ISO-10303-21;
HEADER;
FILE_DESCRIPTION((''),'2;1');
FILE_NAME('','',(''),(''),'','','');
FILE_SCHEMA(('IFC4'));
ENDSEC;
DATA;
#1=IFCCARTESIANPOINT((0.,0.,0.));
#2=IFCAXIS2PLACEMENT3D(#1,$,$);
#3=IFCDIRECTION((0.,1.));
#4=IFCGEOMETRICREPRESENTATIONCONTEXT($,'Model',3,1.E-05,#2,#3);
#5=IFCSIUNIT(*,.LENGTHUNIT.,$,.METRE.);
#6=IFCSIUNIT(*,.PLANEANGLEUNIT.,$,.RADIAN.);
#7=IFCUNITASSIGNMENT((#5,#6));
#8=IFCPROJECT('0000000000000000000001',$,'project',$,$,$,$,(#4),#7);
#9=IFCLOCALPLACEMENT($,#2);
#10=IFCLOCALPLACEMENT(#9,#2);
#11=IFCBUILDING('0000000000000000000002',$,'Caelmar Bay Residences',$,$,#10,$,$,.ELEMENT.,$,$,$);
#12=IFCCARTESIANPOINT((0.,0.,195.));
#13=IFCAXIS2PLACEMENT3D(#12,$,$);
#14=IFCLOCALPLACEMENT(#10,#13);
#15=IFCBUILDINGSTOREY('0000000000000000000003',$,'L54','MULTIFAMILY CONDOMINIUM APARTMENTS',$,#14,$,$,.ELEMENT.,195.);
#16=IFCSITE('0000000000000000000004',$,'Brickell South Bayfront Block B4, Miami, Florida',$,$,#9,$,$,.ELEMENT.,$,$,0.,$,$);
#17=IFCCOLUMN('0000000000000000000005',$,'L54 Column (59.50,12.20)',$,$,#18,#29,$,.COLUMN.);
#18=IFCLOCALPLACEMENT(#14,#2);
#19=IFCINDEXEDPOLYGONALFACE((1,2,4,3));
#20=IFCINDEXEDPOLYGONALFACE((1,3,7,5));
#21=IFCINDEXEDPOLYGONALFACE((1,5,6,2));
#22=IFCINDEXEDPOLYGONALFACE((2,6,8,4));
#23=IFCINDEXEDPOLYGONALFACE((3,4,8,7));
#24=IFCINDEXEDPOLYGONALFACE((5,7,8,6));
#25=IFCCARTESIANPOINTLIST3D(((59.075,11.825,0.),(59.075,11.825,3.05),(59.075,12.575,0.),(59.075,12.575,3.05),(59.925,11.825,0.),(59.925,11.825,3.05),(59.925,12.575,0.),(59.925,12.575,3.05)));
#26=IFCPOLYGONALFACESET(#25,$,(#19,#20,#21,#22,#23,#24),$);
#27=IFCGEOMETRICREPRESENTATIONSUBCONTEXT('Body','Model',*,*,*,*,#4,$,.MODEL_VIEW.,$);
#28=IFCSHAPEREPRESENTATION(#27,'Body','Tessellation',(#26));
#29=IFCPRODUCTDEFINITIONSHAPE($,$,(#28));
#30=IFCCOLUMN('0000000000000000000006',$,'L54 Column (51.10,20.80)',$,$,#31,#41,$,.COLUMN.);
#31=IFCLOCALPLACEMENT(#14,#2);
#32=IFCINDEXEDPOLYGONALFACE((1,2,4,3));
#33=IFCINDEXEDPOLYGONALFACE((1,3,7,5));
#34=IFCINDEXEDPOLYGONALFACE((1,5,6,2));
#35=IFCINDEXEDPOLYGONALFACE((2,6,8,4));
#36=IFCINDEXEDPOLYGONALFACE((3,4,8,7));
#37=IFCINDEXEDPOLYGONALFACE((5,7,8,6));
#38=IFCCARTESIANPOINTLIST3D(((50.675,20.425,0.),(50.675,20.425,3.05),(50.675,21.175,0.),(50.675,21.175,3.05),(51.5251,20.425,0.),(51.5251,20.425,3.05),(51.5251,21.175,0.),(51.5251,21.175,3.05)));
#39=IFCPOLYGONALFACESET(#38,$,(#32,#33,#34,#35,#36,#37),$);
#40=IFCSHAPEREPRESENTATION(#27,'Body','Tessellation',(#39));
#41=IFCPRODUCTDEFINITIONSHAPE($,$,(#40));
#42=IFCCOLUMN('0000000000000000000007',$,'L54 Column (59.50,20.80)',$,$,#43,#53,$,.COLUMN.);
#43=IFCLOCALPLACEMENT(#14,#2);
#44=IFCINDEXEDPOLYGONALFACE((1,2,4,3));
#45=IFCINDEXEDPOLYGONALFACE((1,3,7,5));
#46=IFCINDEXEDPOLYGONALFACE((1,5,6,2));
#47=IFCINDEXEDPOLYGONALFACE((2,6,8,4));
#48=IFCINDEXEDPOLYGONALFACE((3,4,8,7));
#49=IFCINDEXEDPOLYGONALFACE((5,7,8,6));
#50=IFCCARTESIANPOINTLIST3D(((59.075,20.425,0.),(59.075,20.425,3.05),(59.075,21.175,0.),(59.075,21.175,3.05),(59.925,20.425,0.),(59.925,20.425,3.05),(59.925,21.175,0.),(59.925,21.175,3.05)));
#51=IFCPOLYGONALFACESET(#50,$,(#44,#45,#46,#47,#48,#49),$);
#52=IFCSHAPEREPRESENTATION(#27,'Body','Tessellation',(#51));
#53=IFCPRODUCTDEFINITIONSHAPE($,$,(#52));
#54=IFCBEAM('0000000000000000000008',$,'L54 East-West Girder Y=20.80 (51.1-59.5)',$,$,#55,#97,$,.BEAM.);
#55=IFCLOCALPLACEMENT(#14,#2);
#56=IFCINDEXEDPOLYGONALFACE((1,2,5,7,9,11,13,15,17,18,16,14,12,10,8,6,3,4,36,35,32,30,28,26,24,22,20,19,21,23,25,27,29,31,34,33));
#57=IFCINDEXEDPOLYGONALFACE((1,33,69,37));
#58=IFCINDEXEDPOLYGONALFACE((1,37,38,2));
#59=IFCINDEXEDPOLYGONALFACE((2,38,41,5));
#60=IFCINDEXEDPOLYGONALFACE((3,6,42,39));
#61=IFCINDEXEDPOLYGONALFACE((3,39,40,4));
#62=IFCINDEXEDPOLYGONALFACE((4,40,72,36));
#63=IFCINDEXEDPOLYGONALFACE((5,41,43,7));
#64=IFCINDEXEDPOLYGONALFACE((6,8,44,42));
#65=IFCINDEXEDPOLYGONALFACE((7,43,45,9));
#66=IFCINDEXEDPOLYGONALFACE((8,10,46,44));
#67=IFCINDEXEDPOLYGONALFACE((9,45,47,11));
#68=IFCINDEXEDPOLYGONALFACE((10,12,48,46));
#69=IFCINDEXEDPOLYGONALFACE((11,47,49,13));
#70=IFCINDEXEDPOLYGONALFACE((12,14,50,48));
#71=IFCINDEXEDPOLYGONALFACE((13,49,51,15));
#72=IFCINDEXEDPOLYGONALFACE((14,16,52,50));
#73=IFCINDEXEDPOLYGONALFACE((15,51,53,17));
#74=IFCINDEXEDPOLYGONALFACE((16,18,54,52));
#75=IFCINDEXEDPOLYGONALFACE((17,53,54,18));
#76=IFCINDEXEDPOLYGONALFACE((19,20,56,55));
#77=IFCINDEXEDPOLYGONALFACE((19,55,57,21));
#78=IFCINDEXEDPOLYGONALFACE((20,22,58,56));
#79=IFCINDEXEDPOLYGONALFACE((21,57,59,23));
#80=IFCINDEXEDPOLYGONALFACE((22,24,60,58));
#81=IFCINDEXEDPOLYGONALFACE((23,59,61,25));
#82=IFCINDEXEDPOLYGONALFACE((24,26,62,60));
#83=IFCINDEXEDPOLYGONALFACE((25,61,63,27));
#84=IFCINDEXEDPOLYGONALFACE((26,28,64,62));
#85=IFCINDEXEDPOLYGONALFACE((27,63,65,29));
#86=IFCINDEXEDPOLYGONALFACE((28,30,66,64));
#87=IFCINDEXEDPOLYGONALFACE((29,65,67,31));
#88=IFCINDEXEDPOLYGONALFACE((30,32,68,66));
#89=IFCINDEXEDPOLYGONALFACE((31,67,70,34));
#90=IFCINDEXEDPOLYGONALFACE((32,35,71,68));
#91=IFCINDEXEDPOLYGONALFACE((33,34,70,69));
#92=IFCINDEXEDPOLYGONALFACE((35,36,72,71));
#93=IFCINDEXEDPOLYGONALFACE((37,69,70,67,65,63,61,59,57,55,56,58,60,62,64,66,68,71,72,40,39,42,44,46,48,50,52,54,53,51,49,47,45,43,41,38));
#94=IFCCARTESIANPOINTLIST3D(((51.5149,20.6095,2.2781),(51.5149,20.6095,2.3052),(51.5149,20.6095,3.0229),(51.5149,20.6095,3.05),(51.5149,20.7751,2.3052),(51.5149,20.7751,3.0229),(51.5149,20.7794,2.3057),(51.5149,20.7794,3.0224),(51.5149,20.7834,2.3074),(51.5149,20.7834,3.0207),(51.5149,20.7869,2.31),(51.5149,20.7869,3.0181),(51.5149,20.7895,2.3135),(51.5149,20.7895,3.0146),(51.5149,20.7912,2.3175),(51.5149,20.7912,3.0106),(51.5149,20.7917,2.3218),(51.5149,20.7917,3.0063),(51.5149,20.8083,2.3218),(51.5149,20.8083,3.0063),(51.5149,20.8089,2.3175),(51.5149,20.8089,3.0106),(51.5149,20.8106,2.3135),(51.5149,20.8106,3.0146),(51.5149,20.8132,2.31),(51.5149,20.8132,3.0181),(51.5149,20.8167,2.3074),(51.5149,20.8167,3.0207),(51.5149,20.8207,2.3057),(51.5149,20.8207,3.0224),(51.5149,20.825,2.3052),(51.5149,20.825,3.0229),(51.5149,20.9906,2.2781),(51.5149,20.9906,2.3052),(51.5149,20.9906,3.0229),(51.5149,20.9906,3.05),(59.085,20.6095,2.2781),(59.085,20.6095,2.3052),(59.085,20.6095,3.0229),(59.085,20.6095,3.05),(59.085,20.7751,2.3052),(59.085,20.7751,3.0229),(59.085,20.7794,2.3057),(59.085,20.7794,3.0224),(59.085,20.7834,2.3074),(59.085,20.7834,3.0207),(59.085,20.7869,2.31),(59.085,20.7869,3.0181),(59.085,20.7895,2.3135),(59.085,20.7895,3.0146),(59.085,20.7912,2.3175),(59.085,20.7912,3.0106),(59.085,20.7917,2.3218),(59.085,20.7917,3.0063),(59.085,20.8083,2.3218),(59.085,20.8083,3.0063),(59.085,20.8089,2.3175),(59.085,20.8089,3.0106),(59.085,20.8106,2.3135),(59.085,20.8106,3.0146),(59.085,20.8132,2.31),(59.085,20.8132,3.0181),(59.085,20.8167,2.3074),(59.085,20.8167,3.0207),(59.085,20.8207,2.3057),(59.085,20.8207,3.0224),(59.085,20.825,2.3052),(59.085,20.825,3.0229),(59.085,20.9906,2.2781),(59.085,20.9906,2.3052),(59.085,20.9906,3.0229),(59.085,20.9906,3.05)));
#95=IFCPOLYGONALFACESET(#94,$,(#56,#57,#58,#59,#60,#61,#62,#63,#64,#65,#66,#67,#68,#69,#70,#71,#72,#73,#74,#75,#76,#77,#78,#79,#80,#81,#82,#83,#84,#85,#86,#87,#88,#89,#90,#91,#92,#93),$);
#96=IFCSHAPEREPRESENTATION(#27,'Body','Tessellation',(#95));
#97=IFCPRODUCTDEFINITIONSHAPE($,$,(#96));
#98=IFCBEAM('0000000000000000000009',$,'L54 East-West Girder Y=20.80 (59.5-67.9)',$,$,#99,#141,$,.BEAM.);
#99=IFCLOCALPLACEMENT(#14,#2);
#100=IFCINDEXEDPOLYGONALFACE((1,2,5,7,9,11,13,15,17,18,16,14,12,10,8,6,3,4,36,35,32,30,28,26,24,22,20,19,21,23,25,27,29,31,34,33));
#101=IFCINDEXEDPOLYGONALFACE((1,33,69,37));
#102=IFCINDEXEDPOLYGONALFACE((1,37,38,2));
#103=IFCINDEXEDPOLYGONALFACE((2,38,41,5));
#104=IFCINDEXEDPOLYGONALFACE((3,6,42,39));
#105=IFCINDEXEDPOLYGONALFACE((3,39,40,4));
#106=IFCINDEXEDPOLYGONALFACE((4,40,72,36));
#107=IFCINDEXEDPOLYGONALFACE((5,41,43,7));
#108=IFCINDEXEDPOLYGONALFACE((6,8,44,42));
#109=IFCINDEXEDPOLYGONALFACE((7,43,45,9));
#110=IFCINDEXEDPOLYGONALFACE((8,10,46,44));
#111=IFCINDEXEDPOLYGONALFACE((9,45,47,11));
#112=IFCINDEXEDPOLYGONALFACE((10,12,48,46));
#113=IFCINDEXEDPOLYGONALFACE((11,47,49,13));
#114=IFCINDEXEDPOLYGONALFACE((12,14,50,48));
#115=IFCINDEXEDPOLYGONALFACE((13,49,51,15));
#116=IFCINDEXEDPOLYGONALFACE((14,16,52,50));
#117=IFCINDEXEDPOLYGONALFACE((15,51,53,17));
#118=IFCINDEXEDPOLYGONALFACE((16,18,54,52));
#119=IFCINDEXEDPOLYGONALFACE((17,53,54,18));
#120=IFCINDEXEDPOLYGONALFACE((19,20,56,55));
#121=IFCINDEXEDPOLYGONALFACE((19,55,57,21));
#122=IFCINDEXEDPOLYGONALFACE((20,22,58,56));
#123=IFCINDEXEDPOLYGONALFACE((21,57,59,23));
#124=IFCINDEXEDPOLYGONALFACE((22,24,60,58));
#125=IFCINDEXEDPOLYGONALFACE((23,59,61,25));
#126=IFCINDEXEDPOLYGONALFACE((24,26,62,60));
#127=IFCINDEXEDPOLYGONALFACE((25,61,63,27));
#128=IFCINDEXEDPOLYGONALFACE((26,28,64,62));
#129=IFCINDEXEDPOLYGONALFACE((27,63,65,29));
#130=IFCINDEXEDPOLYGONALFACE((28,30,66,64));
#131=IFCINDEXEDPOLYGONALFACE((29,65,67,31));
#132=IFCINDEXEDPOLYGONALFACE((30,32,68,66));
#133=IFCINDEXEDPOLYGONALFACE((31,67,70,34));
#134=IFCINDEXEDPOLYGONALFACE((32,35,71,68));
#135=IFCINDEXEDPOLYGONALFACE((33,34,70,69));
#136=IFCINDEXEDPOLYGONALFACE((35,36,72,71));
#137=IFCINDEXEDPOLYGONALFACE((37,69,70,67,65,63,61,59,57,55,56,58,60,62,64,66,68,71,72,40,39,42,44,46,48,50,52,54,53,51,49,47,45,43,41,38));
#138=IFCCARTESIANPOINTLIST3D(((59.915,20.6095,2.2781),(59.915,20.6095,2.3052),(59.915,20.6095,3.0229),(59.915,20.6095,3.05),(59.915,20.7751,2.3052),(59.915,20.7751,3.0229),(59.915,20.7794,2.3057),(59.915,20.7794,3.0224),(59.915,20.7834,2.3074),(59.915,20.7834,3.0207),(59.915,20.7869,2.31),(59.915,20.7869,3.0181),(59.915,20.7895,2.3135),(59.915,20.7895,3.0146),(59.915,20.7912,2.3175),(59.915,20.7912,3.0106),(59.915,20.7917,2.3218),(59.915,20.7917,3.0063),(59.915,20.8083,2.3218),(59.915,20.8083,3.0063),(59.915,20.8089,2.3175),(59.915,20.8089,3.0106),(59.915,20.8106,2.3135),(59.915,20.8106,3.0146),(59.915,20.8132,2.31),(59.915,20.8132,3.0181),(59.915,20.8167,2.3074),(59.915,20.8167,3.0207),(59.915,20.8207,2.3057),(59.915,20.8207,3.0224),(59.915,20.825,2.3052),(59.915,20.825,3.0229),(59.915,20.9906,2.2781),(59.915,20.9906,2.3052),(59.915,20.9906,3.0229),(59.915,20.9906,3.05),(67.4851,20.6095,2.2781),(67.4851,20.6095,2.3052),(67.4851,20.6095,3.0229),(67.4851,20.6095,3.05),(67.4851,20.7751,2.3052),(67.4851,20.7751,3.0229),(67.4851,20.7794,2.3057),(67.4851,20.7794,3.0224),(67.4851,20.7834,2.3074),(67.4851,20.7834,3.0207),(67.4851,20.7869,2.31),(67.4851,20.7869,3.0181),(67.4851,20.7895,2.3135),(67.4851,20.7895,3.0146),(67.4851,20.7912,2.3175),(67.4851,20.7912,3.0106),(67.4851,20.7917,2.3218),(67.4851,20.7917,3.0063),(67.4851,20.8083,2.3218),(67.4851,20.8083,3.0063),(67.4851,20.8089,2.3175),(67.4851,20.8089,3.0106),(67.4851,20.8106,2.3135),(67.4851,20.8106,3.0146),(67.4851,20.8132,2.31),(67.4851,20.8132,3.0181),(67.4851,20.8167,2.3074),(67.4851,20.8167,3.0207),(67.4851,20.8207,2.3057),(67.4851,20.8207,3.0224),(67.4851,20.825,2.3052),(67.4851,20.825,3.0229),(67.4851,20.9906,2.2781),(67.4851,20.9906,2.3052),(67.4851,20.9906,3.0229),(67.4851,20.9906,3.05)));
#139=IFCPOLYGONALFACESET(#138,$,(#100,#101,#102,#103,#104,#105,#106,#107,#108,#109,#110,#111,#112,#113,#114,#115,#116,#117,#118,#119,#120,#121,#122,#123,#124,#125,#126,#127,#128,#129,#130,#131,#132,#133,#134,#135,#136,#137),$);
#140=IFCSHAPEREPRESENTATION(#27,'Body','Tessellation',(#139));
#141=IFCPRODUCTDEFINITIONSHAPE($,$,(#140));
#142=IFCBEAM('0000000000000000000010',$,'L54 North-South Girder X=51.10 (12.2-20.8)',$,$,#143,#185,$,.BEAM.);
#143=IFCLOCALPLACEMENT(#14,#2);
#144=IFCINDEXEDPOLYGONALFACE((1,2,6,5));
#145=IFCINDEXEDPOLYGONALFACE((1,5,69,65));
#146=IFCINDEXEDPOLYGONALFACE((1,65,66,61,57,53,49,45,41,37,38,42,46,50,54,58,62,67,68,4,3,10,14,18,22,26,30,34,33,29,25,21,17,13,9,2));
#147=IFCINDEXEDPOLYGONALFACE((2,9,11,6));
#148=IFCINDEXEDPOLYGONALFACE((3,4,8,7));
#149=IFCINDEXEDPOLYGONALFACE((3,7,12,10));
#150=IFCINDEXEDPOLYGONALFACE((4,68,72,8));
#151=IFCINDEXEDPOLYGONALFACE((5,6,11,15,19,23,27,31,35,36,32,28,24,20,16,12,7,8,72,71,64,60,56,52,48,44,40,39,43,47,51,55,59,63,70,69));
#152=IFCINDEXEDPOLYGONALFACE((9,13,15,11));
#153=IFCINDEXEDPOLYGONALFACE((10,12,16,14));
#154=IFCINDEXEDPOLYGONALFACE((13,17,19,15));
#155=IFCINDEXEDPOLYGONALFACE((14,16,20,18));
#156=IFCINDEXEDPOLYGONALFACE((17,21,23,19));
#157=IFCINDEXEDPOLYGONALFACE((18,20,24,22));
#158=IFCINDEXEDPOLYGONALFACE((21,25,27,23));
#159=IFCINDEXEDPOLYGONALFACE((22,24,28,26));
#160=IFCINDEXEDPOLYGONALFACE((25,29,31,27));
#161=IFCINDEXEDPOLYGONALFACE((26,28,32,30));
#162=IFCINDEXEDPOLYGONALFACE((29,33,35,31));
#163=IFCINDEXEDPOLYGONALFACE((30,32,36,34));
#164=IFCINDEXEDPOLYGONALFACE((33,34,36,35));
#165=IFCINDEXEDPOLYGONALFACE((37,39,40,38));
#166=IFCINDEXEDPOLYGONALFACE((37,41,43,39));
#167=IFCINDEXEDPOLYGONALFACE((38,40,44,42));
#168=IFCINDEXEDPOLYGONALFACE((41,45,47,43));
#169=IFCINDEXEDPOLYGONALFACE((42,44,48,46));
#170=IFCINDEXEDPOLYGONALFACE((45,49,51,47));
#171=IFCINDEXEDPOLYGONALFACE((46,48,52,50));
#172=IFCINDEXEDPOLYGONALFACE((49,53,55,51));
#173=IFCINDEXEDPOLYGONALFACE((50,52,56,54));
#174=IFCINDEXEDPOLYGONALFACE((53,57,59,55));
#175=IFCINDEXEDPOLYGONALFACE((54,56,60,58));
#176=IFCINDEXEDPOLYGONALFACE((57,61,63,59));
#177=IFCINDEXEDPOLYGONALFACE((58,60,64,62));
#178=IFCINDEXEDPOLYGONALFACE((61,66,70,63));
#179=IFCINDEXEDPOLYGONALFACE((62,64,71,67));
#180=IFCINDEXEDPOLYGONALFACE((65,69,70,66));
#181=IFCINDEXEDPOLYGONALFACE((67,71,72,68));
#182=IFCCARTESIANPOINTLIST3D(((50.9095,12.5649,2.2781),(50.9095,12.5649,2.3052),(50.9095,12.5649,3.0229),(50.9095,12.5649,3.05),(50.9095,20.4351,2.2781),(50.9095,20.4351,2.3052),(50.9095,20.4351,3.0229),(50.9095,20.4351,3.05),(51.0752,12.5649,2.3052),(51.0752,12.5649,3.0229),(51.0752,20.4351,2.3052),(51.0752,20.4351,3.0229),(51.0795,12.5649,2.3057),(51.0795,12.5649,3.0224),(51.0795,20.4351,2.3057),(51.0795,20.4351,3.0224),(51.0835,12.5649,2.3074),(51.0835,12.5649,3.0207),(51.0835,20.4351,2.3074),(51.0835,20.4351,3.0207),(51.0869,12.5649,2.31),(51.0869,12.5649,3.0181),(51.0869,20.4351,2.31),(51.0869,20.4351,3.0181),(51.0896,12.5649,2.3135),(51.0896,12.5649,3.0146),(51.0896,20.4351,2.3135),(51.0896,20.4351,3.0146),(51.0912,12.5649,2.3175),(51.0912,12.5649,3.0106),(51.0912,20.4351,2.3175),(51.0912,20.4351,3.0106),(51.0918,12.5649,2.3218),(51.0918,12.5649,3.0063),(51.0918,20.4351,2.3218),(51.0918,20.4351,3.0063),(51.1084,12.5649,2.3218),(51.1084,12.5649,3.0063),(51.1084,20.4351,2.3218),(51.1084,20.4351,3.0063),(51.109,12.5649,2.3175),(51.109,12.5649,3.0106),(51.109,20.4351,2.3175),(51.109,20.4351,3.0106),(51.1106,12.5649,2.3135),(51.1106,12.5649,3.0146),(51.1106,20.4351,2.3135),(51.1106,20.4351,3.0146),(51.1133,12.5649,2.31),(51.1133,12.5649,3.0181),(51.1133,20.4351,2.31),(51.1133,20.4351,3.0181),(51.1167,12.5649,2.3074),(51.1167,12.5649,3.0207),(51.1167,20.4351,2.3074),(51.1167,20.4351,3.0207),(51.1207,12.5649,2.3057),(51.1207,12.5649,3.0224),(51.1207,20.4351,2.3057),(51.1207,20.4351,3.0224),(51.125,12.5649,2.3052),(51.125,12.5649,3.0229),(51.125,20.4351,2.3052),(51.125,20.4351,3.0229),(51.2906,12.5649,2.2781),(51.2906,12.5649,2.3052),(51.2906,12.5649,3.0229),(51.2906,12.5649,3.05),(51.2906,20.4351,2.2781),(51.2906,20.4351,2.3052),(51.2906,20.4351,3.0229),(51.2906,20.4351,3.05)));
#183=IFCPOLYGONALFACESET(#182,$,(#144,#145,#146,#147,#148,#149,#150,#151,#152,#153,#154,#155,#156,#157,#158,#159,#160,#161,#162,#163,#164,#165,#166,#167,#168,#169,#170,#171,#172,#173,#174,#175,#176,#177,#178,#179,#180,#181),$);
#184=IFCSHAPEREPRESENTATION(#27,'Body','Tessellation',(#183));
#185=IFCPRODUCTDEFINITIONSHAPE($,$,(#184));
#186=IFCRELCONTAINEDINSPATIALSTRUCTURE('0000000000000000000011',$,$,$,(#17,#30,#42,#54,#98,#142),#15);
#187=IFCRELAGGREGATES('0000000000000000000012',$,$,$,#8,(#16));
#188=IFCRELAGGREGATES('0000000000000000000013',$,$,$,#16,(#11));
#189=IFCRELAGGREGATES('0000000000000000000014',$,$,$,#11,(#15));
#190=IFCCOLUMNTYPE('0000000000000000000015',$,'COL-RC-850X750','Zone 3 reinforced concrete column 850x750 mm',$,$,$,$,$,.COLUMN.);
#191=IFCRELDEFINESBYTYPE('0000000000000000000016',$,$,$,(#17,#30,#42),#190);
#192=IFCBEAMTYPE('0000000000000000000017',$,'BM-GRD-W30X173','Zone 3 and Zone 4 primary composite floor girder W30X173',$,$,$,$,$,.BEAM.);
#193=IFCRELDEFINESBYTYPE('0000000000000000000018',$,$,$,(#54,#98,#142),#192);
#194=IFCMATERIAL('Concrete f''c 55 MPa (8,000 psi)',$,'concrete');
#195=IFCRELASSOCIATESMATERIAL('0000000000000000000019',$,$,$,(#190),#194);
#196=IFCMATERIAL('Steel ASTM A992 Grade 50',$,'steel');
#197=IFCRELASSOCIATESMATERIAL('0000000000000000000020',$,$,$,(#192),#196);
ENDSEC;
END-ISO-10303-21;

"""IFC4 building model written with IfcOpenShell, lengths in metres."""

from ifc_helpers import new_model, si_unit, direction, frame, origin, origin_2d, place, context, subcontext, project, spatial, rectangle, i_section, extrude, material, material_profile, profile_set, type_object, element, save


model = new_model("IFC4")

# Units and contexts
model_context = context("Model", 3, precision=1e-05, world=origin(), true_north=direction((0.0, 1.0)))
body_context = subcontext(model_context, "Body", "Model", "MODEL_VIEW")
ifc_project = project(units=[si_unit("LENGTHUNIT", "METRE"), si_unit("PLANEANGLEUNIT", "RADIAN")], contexts=[model_context])

# Site, building, storey
site_placement = place(None, origin())
site = spatial("IfcSite", under=ifc_project, at=site_placement, Name="Brickell South Bayfront Block B4, Miami, Florida", CompositionType="ELEMENT", RefElevation=0.0)
building_placement = place(site_placement, origin())
building = spatial("IfcBuilding", under=site, at=building_placement, Name="Caelmar Bay Residences", CompositionType="ELEMENT")
storey_placement = place(building_placement, frame((0.0, 0.0, 195.0)))
storey = spatial("IfcBuildingStorey", under=building, at=storey_placement, Name="L54", Description="MULTIFAMILY CONDOMINIUM APARTMENTS", CompositionType="ELEMENT", Elevation=195.0)

# Columns
ifc_material_1 = material(Name="Concrete f'c 55 MPa (8,000 psi)", Category="concrete")
ifc_material_profile_1 = material_profile(ifc_material_1, rectangle(XDim=0.8501, YDim=0.75, at=origin_2d()), Name="RC-COL-850X750")
ifc_profile_set_1 = profile_set([ifc_material_profile_1], Name="Concrete f'c 55 MPa (8,000 psi)")
column_type = type_object("IfcColumnType", Name="COL-RC-850X750", Description="Zone 3 reinforced concrete column 850x750 mm", PredefinedType="COLUMN", material=ifc_profile_set_1)
for number, where, z_axis, x_axis, name in (
    (1, (59.5, 12.2, 0.0), (0.0, 0.0, 1.0), (1.0, 0.0, 0.0), "L54 Column (59.50,12.20)"),
    (2, (51.1001, 20.8, 0.0), (0.0, 0.0, 1.0), (1.0, 0.0, 0.0), "L54 Column (51.10,20.80)"),
    (3, (59.5, 20.8, 0.0), (0.0, 0.0, 1.0), (1.0, 0.0, 0.0), "L54 Column (59.50,20.80)"),
):
    element("IfcColumn", number, at=place(storey_placement, frame(where, z_axis=z_axis, x_axis=x_axis)), inside=storey, type_object=column_type, Name=name, PredefinedType="COLUMN", context=body_context, shape_type="SweptSolid", body=[
        extrude(rectangle(XDim=0.8501, YDim=0.75, at=origin_2d()), origin(), (0.0, 0.0, 1.0), 3.05),
    ])

# Beams
ifc_material_2 = material(Name="Steel ASTM A992 Grade 50", Category="steel")
ifc_material_profile_2 = material_profile(ifc_material_2, i_section(OverallWidth=0.3811, OverallDepth=0.772, WebThickness=0.0166, FlangeThickness=0.0271, FilletRadius=0.0166, at=origin_2d()), Name="W30X173")
ifc_profile_set_2 = profile_set([ifc_material_profile_2], Name="Steel ASTM A992 Grade 50")
beam_type_1 = type_object("IfcBeamType", Name="BM-GRD-W30X173", Description="Zone 3 and Zone 4 primary composite floor girder W30X173", PredefinedType="BEAM", material=ifc_profile_set_2)
for number, where, z_axis, x_axis, name in (
    (4, (51.5149, 20.8, 2.6641), (1.0, 0.0, 0.0), (0.0, 1.0, 0.0), "L54 East-West Girder Y=20.80 (51.1-59.5)"),
    (5, (59.915, 20.8, 2.6641), (1.0, 0.0, 0.0), (0.0, 1.0, 0.0), "L54 East-West Girder Y=20.80 (59.5-67.9)"),
):
    element("IfcBeam", number, at=place(storey_placement, frame(where, z_axis=z_axis, x_axis=x_axis)), inside=storey, type_object=beam_type_1, Name=name, PredefinedType="BEAM", context=body_context, shape_type="SweptSolid", body=[
        extrude(i_section(OverallWidth=0.3811, OverallDepth=0.772, WebThickness=0.0166, FlangeThickness=0.0271, FilletRadius=0.0166, at=origin_2d()), origin(), (0.0, 0.0, 1.0), 7.5701),
    ])
for number, where, z_axis, x_axis, name in (
    (6, (51.1001, 12.5649, 2.6641), (0.0, 1.0, 0.0), (-1.0, 0.0, 0.0), "L54 North-South Girder X=51.10 (12.2-20.8)"),
):
    element("IfcBeam", number, at=place(storey_placement, frame(where, z_axis=z_axis, x_axis=x_axis)), inside=storey, type_object=beam_type_1, Name=name, PredefinedType="BEAM", context=body_context, shape_type="SweptSolid", body=[
        extrude(i_section(OverallWidth=0.3811, OverallDepth=0.772, WebThickness=0.0166, FlangeThickness=0.0271, FilletRadius=0.0166, at=origin_2d()), origin(), (0.0, 0.0, 1.0), 7.8701),
    ])

save(model, "model.ifc")
